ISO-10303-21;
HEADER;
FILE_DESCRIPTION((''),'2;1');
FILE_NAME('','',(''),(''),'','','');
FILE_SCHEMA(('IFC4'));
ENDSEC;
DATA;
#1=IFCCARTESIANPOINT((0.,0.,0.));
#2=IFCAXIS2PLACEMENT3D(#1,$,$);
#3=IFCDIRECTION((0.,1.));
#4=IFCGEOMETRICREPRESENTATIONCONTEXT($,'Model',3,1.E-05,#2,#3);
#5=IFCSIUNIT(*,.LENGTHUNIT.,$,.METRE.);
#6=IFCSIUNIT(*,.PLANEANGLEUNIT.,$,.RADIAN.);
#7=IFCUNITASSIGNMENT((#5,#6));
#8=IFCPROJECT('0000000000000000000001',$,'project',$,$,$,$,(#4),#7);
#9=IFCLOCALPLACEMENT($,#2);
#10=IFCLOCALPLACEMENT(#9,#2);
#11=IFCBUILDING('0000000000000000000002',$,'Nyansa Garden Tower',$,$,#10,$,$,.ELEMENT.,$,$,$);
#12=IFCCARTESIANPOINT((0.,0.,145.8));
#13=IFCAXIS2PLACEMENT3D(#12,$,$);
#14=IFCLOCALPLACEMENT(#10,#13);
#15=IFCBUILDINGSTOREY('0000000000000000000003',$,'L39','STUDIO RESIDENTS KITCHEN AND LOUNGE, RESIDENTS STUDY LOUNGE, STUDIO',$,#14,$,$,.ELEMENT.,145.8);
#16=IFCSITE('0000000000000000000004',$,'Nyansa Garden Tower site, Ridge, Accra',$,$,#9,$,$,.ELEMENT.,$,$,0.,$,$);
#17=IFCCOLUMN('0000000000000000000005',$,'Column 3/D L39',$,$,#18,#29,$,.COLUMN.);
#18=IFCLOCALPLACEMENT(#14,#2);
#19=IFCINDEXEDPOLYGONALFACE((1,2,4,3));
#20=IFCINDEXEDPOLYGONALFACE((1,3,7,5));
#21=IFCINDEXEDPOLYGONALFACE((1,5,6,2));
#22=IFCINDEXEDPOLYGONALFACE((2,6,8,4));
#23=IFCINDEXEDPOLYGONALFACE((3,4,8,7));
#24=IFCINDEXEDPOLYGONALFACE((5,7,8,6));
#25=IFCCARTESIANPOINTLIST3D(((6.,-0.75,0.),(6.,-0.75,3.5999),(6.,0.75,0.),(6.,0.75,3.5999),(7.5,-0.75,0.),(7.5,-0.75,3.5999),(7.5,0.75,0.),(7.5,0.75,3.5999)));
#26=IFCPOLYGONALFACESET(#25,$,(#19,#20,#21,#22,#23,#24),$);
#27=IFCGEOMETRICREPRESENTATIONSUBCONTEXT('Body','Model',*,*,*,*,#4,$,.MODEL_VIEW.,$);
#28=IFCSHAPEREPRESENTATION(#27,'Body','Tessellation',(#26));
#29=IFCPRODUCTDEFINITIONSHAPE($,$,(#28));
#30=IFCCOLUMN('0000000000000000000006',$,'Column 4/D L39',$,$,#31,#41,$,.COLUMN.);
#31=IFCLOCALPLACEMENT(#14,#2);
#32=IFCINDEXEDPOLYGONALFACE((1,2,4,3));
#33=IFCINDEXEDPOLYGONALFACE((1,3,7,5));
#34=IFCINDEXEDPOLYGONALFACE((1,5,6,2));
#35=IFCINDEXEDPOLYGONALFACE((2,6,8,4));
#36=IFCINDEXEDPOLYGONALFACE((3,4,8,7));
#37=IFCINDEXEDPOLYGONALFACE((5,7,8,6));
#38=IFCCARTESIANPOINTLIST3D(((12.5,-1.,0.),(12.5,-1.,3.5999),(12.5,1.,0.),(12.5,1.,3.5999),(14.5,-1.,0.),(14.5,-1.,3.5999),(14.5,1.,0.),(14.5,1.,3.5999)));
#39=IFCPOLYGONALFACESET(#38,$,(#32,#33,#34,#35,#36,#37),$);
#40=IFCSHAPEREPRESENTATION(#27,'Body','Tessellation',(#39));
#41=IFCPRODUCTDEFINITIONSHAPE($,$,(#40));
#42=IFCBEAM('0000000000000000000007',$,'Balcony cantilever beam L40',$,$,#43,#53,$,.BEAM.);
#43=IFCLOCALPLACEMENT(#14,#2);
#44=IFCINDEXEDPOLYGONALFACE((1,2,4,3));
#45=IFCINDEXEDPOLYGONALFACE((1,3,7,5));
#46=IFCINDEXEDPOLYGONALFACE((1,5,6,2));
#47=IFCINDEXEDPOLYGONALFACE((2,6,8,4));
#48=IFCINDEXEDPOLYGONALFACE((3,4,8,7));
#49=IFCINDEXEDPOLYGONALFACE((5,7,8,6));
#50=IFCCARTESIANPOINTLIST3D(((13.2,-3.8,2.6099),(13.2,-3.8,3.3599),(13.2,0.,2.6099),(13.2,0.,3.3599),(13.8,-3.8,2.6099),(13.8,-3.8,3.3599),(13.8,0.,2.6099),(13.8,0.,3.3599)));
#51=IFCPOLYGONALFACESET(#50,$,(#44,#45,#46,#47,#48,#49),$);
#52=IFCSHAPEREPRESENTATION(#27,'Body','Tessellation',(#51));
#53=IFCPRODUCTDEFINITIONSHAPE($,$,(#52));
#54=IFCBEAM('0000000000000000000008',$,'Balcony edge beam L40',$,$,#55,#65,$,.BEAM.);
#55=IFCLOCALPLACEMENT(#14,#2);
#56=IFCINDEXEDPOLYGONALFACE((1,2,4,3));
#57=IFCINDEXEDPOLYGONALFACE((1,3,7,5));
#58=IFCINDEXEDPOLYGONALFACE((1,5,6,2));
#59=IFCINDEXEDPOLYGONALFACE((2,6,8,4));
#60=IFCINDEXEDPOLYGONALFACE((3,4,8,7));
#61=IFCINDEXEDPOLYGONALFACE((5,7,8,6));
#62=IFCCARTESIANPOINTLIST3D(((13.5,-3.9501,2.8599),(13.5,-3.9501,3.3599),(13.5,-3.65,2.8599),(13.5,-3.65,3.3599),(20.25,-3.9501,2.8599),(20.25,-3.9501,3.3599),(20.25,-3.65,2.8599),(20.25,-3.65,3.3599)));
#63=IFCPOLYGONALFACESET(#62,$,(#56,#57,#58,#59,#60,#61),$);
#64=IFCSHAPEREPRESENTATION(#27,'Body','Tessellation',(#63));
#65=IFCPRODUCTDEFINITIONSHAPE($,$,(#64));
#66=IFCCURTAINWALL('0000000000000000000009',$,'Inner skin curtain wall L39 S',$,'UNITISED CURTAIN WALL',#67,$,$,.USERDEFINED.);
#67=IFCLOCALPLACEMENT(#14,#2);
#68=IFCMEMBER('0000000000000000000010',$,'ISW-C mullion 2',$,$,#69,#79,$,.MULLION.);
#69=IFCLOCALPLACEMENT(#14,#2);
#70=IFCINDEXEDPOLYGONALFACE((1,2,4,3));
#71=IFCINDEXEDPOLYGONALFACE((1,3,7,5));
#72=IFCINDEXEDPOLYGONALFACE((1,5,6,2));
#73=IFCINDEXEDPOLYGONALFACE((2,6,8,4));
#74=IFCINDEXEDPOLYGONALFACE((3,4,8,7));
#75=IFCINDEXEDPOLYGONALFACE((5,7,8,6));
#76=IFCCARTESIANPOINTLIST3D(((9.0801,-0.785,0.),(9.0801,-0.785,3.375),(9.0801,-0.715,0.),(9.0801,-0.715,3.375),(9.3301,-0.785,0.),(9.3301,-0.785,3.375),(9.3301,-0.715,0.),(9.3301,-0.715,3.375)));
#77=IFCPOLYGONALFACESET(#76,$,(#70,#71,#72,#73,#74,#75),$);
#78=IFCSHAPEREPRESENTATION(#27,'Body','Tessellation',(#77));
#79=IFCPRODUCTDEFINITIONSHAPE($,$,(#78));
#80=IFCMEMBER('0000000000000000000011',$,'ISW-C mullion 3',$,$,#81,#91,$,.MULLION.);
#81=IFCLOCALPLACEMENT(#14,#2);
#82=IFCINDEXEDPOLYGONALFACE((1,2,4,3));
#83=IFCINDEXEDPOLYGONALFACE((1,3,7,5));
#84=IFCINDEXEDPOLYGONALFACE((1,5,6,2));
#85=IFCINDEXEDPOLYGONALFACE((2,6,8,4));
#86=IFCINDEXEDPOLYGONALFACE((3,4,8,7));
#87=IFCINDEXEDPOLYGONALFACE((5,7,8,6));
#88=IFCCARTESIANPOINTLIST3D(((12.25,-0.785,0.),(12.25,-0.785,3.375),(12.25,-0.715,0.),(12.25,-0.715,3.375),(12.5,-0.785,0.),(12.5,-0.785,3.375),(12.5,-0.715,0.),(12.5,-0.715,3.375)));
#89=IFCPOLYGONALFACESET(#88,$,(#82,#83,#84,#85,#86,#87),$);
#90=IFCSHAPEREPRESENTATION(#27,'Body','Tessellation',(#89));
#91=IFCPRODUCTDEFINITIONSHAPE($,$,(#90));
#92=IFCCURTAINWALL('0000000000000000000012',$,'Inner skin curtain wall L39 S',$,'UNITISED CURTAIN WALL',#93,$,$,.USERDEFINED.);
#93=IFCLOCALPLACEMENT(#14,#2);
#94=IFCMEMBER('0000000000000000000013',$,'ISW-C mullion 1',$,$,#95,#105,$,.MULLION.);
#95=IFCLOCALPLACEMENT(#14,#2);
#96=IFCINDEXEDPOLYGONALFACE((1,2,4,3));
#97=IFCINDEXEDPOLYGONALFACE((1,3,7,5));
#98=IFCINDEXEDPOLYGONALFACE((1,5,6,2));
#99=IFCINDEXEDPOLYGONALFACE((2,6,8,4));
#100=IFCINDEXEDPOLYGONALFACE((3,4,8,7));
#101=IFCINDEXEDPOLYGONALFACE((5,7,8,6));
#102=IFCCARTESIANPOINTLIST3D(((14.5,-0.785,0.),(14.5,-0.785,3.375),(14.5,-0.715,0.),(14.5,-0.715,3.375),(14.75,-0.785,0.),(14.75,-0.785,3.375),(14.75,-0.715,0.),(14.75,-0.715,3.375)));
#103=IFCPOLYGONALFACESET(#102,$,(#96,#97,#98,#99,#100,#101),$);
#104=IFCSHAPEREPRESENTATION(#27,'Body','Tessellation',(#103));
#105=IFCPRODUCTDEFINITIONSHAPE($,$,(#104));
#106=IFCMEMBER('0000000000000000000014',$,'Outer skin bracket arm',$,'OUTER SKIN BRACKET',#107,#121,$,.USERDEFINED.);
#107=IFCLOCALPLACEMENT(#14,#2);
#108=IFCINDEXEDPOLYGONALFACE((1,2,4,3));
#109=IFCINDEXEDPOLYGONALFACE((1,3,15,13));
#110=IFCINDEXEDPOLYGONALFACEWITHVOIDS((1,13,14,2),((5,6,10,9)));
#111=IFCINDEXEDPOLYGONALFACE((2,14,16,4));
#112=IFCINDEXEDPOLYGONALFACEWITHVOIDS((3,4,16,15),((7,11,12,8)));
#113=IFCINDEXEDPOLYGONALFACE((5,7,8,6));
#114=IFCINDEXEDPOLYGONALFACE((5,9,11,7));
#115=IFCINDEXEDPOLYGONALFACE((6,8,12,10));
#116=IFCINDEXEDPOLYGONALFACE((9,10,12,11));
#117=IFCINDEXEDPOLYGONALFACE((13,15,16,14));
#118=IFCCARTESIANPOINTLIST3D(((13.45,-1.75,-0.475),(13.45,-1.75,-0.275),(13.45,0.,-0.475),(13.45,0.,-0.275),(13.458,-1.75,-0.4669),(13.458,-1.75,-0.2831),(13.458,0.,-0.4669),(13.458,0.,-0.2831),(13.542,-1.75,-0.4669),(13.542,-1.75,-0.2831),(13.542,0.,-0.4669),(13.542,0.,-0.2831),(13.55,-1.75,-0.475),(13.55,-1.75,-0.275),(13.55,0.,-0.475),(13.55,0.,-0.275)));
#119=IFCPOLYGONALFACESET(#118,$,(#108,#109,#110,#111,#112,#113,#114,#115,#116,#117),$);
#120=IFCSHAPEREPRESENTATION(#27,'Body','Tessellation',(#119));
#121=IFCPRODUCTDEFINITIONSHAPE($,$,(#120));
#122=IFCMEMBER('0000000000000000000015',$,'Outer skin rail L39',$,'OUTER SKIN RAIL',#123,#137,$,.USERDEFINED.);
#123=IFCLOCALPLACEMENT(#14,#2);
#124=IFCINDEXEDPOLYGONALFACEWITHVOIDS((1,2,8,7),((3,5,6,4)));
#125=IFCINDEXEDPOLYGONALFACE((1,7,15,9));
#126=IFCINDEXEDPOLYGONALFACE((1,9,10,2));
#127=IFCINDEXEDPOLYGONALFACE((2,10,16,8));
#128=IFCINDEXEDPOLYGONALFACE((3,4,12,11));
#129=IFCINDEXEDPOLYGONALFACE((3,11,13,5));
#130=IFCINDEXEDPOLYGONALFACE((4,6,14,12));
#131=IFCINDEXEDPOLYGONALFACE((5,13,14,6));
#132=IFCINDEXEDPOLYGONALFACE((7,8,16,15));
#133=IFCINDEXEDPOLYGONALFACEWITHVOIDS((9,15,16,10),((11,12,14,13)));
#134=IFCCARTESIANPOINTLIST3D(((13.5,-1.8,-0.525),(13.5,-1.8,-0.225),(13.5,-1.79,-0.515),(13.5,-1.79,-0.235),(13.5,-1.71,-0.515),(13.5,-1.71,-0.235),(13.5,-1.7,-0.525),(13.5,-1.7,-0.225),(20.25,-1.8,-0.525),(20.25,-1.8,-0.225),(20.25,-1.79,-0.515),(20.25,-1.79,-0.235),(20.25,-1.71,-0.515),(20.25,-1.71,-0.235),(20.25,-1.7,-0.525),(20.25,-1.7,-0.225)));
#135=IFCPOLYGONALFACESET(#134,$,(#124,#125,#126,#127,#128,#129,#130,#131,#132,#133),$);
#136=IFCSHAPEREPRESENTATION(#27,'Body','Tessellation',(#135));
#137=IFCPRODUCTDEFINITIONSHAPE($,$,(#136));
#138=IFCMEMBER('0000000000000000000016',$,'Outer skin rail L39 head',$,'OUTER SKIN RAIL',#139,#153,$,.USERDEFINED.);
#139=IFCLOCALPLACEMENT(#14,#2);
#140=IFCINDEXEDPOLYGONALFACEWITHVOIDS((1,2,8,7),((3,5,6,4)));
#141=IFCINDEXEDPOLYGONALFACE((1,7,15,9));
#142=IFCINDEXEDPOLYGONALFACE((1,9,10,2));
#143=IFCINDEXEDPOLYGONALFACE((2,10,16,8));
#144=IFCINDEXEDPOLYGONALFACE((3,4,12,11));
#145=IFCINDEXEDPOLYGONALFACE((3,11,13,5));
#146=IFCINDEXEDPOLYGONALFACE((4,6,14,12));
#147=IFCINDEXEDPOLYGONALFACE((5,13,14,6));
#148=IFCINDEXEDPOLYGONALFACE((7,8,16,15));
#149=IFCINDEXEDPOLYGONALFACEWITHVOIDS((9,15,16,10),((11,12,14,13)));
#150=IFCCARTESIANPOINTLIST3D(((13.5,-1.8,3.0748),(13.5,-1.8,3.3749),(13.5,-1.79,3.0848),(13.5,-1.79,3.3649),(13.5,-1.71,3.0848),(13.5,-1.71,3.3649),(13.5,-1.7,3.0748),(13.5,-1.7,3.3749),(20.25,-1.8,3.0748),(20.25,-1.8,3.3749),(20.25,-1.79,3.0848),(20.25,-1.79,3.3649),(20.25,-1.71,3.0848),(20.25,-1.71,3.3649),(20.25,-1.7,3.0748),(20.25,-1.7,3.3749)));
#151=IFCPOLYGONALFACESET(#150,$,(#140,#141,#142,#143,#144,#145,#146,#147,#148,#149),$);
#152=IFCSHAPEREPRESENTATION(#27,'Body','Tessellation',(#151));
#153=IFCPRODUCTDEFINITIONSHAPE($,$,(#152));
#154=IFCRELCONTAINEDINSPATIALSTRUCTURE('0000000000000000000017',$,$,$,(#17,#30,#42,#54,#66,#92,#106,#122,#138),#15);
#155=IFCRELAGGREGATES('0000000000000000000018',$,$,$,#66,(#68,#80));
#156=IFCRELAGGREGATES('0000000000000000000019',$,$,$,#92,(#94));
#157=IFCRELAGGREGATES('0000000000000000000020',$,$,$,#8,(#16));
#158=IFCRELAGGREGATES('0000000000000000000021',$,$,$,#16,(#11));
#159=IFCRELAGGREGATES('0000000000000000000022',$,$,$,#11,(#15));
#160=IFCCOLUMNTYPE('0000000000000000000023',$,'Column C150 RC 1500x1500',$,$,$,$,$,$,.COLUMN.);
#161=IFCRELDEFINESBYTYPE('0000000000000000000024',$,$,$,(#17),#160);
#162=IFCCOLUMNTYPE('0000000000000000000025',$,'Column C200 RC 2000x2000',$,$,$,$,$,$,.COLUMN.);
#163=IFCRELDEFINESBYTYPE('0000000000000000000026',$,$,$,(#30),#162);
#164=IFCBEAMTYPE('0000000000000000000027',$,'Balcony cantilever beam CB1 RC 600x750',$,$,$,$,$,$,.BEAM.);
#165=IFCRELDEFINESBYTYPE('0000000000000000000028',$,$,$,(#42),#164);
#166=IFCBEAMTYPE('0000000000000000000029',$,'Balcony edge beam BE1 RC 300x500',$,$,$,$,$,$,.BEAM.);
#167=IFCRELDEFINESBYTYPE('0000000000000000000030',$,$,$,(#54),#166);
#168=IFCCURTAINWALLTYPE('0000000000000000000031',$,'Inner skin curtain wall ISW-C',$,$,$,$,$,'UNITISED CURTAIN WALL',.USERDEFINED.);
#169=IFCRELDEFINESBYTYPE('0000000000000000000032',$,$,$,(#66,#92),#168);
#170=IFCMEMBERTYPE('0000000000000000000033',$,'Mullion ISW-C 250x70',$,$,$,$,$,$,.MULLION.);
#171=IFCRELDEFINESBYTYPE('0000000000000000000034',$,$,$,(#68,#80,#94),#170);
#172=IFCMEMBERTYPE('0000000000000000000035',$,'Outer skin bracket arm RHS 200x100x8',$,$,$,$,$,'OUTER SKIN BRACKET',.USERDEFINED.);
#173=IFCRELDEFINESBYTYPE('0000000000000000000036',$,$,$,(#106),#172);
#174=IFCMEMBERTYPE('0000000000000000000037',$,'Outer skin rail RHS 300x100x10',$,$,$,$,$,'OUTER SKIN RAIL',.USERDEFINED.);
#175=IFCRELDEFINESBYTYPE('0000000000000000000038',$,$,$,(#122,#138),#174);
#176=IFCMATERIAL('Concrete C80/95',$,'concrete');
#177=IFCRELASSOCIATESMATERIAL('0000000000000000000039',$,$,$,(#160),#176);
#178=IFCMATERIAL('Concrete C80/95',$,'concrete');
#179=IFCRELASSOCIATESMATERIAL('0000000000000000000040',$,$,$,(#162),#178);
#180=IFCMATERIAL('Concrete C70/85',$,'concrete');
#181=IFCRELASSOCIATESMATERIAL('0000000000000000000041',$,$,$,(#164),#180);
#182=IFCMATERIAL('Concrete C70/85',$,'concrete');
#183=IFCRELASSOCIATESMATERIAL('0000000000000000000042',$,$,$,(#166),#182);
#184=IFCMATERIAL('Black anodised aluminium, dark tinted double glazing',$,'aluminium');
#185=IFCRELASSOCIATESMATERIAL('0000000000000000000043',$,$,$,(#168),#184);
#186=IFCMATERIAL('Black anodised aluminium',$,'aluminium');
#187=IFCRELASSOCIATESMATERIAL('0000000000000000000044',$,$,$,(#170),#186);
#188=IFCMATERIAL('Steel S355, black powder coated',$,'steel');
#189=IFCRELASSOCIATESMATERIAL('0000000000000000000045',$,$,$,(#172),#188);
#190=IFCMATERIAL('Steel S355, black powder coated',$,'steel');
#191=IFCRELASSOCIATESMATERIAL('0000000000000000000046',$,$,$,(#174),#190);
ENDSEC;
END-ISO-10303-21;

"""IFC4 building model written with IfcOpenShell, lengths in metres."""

from ifc_helpers import new_model, si_unit, direction, frame, origin, origin_2d, place, context, subcontext, project, spatial, rectangle, hollow_rectangle, extrude, material, material_profile, profile_set, type_object, element, aggregate, save


model = new_model("IFC4")

# Units and contexts
model_context = context("Model", 3, precision=1e-05, world=origin(), true_north=direction((0.0, 1.0)))
body_context = subcontext(model_context, "Body", "Model", "MODEL_VIEW")
ifc_project = project(units=[si_unit("LENGTHUNIT", "METRE"), si_unit("PLANEANGLEUNIT", "RADIAN")], contexts=[model_context])

# Site, building, storey
site_placement = place(None, origin())
site = spatial("IfcSite", under=ifc_project, at=site_placement, Name="Nyansa Garden Tower site, Ridge, Accra", CompositionType="ELEMENT", RefElevation=0.0)
building_placement = place(site_placement, origin())
building = spatial("IfcBuilding", under=site, at=building_placement, Name="Nyansa Garden Tower", CompositionType="ELEMENT")
storey_placement = place(building_placement, frame((0.0, 0.0, 145.8)))
storey = spatial("IfcBuildingStorey", under=building, at=storey_placement, Name="L39", Description="STUDIO RESIDENTS KITCHEN AND LOUNGE, RESIDENTS STUDY LOUNGE, STUDIO", CompositionType="ELEMENT", Elevation=145.8)

# Columns
ifc_material_1 = material(Name="Concrete C80/95", Category="concrete")
ifc_material_profile_1 = material_profile(ifc_material_1, rectangle(XDim=1.5, YDim=1.5, at=origin_2d()), Name="RC 1500x1500")
ifc_profile_set_1 = profile_set([ifc_material_profile_1], Name="Concrete C80/95")
column_type_1 = type_object("IfcColumnType", Name="Column C150 RC 1500x1500", PredefinedType="COLUMN", material=ifc_profile_set_1)
column_1_placement = place(storey_placement, frame((6.75, 0.0, 0.0), z_axis=(0.0, 0.0, 1.0), x_axis=(1.0, 0.0, 0.0)))
element("IfcColumn", 1, at=column_1_placement, inside=storey, type_object=column_type_1, Name="Column 3/D L39", PredefinedType="COLUMN", context=body_context, shape_type="SweptSolid", body=[
    extrude(rectangle(XDim=1.5, YDim=1.5, at=origin_2d()), origin(), (0.0, 0.0, 1.0), 3.5999),
])
ifc_material_2 = material(Name="Concrete C80/95", Category="concrete")
ifc_material_profile_2 = material_profile(ifc_material_2, rectangle(XDim=2.0, YDim=2.0, at=origin_2d()), Name="RC 2000x2000")
ifc_profile_set_2 = profile_set([ifc_material_profile_2], Name="Concrete C80/95")
column_type_2 = type_object("IfcColumnType", Name="Column C200 RC 2000x2000", PredefinedType="COLUMN", material=ifc_profile_set_2)
column_2_placement = place(storey_placement, frame((13.5, 0.0, 0.0), z_axis=(0.0, 0.0, 1.0), x_axis=(1.0, 0.0, 0.0)))
element("IfcColumn", 2, at=column_2_placement, inside=storey, type_object=column_type_2, Name="Column 4/D L39", PredefinedType="COLUMN", context=body_context, shape_type="SweptSolid", body=[
    extrude(rectangle(XDim=2.0, YDim=2.0, at=origin_2d()), origin(), (0.0, 0.0, 1.0), 3.5999),
])

# Beams
ifc_material_3 = material(Name="Concrete C70/85", Category="concrete")
ifc_material_profile_3 = material_profile(ifc_material_3, rectangle(XDim=0.6001, YDim=0.75, at=origin_2d()), Name="RC 600x750")
ifc_profile_set_3 = profile_set([ifc_material_profile_3], Name="Concrete C70/85")
beam_type_1 = type_object("IfcBeamType", Name="Balcony cantilever beam CB1 RC 600x750", PredefinedType="BEAM", material=ifc_profile_set_3)
beam_1_placement = place(storey_placement, frame((13.5, 0.0, 2.9849), z_axis=(0.0, -1.0, 0.0), x_axis=(1.0, 0.0, 0.0)))
element("IfcBeam", 3, at=beam_1_placement, inside=storey, type_object=beam_type_1, Name="Balcony cantilever beam L40", PredefinedType="BEAM", context=body_context, shape_type="SweptSolid", body=[
    extrude(rectangle(XDim=0.6001, YDim=0.75, at=origin_2d()), origin(), (0.0, 0.0, 1.0), 3.8),
])
ifc_material_4 = material(Name="Concrete C70/85", Category="concrete")
ifc_material_profile_4 = material_profile(ifc_material_4, rectangle(XDim=0.3, YDim=0.5, at=origin_2d()), Name="RC 300x500")
ifc_profile_set_4 = profile_set([ifc_material_profile_4], Name="Concrete C70/85")
beam_type_2 = type_object("IfcBeamType", Name="Balcony edge beam BE1 RC 300x500", PredefinedType="BEAM", material=ifc_profile_set_4)
beam_2_placement = place(storey_placement, frame((13.5, -3.8, 3.1099), z_axis=(1.0, 0.0, 0.0), x_axis=(0.0, 1.0, 0.0)))
element("IfcBeam", 4, at=beam_2_placement, inside=storey, type_object=beam_type_2, Name="Balcony edge beam L40", PredefinedType="BEAM", context=body_context, shape_type="SweptSolid", body=[
    extrude(rectangle(XDim=0.3, YDim=0.5, at=origin_2d()), origin(), (0.0, 0.0, 1.0), 6.75),
])

# Curtain wall, members
ifc_material_5 = material(Name="Black anodised aluminium, dark tinted double glazing", Category="aluminium")
curtain_wall_type = type_object("IfcCurtainWallType", Name="Inner skin curtain wall ISW-C", ElementType="UNITISED CURTAIN WALL", PredefinedType="USERDEFINED", material=ifc_material_5)
curtain_wall_1_placement = place(storey_placement, origin())
curtain_wall_1 = element("IfcCurtainWall", 5, at=curtain_wall_1_placement, inside=storey, type_object=curtain_wall_type, Name="Inner skin curtain wall L39 S", ObjectType="UNITISED CURTAIN WALL", PredefinedType="USERDEFINED")
ifc_material_6 = material(Name="Black anodised aluminium", Category="aluminium")
ifc_material_profile_5 = material_profile(ifc_material_6, rectangle(XDim=0.0701, YDim=0.25, at=origin_2d()), Name="Mullion 250x70")
ifc_profile_set_5 = profile_set([ifc_material_profile_5], Name="Black anodised aluminium")
member_type_1 = type_object("IfcMemberType", Name="Mullion ISW-C 250x70", PredefinedType="MULLION", material=ifc_profile_set_5)
member_1_placement = place(storey_placement, frame((9.2051, -0.75, 0.0), z_axis=(0.0, 0.0, 1.0), x_axis=(0.0, 1.0, 0.0)))
member_1 = element("IfcMember", 6, at=member_1_placement, type_object=member_type_1, Name="ISW-C mullion 2", PredefinedType="MULLION", context=body_context, shape_type="SweptSolid", body=[
    extrude(rectangle(XDim=0.0701, YDim=0.25, at=origin_2d()), origin(), (0.0, 0.0, 1.0), 3.375),
])
member_2_placement = place(storey_placement, frame((12.375, -0.75, 0.0), z_axis=(0.0, 0.0, 1.0), x_axis=(0.0, 1.0, 0.0)))
member_2 = element("IfcMember", 7, at=member_2_placement, type_object=member_type_1, Name="ISW-C mullion 3", PredefinedType="MULLION", context=body_context, shape_type="SweptSolid", body=[
    extrude(rectangle(XDim=0.0701, YDim=0.25, at=origin_2d()), origin(), (0.0, 0.0, 1.0), 3.375),
])

# Curtain wall, member
curtain_wall_2_placement = place(storey_placement, origin())
curtain_wall_2 = element("IfcCurtainWall", 8, at=curtain_wall_2_placement, inside=storey, type_object=curtain_wall_type, Name="Inner skin curtain wall L39 S", ObjectType="UNITISED CURTAIN WALL", PredefinedType="USERDEFINED")
member_3_placement = place(storey_placement, frame((14.625, -0.75, 0.0), z_axis=(0.0, 0.0, 1.0), x_axis=(0.0, 1.0, 0.0)))
member_3 = element("IfcMember", 9, at=member_3_placement, type_object=member_type_1, Name="ISW-C mullion 1", PredefinedType="MULLION", context=body_context, shape_type="SweptSolid", body=[
    extrude(rectangle(XDim=0.0701, YDim=0.25, at=origin_2d()), origin(), (0.0, 0.0, 1.0), 3.375),
])

# Members
ifc_material_7 = material(Name="Steel S355, black powder coated", Category="steel")
ifc_material_profile_6 = material_profile(ifc_material_7, hollow_rectangle(XDim=0.1001, YDim=0.2, WallThickness=0.0081, at=origin_2d()), Name="RHS 200x100x8")
ifc_profile_set_6 = profile_set([ifc_material_profile_6], Name="Steel S355, black powder coated")
member_type_2 = type_object("IfcMemberType", Name="Outer skin bracket arm RHS 200x100x8", ElementType="OUTER SKIN BRACKET", PredefinedType="USERDEFINED", material=ifc_profile_set_6)
member_4_placement = place(storey_placement, frame((13.5, 0.0, -0.375), z_axis=(0.0, -1.0, 0.0), x_axis=(1.0, 0.0, 0.0)))
element("IfcMember", 10, at=member_4_placement, inside=storey, type_object=member_type_2, Name="Outer skin bracket arm", ObjectType="OUTER SKIN BRACKET", PredefinedType="USERDEFINED", context=body_context, shape_type="SweptSolid", body=[
    extrude(hollow_rectangle(XDim=0.1001, YDim=0.2, WallThickness=0.0081, at=origin_2d()), origin(), (0.0, 0.0, 1.0), 1.75),
])
ifc_material_8 = material(Name="Steel S355, black powder coated", Category="steel")
ifc_material_profile_7 = material_profile(ifc_material_8, hollow_rectangle(XDim=0.1001, YDim=0.3, WallThickness=0.01, at=origin_2d()), Name="RHS 300x100x10")
ifc_profile_set_7 = profile_set([ifc_material_profile_7], Name="Steel S355, black powder coated")
member_type_3 = type_object("IfcMemberType", Name="Outer skin rail RHS 300x100x10", ElementType="OUTER SKIN RAIL", PredefinedType="USERDEFINED", material=ifc_profile_set_7)
for number, where, z_axis, x_axis, name in (
    (11, (13.5, -1.75, -0.375), (1.0, 0.0, 0.0), (0.0, 1.0, 0.0), "Outer skin rail L39"),
    (12, (13.5, -1.75, 3.2249), (1.0, 0.0, 0.0), (0.0, 1.0, 0.0), "Outer skin rail L39 head"),
):
    element("IfcMember", number, at=place(storey_placement, frame(where, z_axis=z_axis, x_axis=x_axis)), inside=storey, type_object=member_type_3, Name=name, ObjectType="OUTER SKIN RAIL", PredefinedType="USERDEFINED", context=body_context, shape_type="SweptSolid", body=[
        extrude(hollow_rectangle(XDim=0.1001, YDim=0.3, WallThickness=0.01, at=origin_2d()), origin(), (0.0, 0.0, 1.0), 6.75),
    ])

aggregate(curtain_wall_1, [member_1, member_2])
aggregate(curtain_wall_2, [member_3])

save(model, "model.ifc")
